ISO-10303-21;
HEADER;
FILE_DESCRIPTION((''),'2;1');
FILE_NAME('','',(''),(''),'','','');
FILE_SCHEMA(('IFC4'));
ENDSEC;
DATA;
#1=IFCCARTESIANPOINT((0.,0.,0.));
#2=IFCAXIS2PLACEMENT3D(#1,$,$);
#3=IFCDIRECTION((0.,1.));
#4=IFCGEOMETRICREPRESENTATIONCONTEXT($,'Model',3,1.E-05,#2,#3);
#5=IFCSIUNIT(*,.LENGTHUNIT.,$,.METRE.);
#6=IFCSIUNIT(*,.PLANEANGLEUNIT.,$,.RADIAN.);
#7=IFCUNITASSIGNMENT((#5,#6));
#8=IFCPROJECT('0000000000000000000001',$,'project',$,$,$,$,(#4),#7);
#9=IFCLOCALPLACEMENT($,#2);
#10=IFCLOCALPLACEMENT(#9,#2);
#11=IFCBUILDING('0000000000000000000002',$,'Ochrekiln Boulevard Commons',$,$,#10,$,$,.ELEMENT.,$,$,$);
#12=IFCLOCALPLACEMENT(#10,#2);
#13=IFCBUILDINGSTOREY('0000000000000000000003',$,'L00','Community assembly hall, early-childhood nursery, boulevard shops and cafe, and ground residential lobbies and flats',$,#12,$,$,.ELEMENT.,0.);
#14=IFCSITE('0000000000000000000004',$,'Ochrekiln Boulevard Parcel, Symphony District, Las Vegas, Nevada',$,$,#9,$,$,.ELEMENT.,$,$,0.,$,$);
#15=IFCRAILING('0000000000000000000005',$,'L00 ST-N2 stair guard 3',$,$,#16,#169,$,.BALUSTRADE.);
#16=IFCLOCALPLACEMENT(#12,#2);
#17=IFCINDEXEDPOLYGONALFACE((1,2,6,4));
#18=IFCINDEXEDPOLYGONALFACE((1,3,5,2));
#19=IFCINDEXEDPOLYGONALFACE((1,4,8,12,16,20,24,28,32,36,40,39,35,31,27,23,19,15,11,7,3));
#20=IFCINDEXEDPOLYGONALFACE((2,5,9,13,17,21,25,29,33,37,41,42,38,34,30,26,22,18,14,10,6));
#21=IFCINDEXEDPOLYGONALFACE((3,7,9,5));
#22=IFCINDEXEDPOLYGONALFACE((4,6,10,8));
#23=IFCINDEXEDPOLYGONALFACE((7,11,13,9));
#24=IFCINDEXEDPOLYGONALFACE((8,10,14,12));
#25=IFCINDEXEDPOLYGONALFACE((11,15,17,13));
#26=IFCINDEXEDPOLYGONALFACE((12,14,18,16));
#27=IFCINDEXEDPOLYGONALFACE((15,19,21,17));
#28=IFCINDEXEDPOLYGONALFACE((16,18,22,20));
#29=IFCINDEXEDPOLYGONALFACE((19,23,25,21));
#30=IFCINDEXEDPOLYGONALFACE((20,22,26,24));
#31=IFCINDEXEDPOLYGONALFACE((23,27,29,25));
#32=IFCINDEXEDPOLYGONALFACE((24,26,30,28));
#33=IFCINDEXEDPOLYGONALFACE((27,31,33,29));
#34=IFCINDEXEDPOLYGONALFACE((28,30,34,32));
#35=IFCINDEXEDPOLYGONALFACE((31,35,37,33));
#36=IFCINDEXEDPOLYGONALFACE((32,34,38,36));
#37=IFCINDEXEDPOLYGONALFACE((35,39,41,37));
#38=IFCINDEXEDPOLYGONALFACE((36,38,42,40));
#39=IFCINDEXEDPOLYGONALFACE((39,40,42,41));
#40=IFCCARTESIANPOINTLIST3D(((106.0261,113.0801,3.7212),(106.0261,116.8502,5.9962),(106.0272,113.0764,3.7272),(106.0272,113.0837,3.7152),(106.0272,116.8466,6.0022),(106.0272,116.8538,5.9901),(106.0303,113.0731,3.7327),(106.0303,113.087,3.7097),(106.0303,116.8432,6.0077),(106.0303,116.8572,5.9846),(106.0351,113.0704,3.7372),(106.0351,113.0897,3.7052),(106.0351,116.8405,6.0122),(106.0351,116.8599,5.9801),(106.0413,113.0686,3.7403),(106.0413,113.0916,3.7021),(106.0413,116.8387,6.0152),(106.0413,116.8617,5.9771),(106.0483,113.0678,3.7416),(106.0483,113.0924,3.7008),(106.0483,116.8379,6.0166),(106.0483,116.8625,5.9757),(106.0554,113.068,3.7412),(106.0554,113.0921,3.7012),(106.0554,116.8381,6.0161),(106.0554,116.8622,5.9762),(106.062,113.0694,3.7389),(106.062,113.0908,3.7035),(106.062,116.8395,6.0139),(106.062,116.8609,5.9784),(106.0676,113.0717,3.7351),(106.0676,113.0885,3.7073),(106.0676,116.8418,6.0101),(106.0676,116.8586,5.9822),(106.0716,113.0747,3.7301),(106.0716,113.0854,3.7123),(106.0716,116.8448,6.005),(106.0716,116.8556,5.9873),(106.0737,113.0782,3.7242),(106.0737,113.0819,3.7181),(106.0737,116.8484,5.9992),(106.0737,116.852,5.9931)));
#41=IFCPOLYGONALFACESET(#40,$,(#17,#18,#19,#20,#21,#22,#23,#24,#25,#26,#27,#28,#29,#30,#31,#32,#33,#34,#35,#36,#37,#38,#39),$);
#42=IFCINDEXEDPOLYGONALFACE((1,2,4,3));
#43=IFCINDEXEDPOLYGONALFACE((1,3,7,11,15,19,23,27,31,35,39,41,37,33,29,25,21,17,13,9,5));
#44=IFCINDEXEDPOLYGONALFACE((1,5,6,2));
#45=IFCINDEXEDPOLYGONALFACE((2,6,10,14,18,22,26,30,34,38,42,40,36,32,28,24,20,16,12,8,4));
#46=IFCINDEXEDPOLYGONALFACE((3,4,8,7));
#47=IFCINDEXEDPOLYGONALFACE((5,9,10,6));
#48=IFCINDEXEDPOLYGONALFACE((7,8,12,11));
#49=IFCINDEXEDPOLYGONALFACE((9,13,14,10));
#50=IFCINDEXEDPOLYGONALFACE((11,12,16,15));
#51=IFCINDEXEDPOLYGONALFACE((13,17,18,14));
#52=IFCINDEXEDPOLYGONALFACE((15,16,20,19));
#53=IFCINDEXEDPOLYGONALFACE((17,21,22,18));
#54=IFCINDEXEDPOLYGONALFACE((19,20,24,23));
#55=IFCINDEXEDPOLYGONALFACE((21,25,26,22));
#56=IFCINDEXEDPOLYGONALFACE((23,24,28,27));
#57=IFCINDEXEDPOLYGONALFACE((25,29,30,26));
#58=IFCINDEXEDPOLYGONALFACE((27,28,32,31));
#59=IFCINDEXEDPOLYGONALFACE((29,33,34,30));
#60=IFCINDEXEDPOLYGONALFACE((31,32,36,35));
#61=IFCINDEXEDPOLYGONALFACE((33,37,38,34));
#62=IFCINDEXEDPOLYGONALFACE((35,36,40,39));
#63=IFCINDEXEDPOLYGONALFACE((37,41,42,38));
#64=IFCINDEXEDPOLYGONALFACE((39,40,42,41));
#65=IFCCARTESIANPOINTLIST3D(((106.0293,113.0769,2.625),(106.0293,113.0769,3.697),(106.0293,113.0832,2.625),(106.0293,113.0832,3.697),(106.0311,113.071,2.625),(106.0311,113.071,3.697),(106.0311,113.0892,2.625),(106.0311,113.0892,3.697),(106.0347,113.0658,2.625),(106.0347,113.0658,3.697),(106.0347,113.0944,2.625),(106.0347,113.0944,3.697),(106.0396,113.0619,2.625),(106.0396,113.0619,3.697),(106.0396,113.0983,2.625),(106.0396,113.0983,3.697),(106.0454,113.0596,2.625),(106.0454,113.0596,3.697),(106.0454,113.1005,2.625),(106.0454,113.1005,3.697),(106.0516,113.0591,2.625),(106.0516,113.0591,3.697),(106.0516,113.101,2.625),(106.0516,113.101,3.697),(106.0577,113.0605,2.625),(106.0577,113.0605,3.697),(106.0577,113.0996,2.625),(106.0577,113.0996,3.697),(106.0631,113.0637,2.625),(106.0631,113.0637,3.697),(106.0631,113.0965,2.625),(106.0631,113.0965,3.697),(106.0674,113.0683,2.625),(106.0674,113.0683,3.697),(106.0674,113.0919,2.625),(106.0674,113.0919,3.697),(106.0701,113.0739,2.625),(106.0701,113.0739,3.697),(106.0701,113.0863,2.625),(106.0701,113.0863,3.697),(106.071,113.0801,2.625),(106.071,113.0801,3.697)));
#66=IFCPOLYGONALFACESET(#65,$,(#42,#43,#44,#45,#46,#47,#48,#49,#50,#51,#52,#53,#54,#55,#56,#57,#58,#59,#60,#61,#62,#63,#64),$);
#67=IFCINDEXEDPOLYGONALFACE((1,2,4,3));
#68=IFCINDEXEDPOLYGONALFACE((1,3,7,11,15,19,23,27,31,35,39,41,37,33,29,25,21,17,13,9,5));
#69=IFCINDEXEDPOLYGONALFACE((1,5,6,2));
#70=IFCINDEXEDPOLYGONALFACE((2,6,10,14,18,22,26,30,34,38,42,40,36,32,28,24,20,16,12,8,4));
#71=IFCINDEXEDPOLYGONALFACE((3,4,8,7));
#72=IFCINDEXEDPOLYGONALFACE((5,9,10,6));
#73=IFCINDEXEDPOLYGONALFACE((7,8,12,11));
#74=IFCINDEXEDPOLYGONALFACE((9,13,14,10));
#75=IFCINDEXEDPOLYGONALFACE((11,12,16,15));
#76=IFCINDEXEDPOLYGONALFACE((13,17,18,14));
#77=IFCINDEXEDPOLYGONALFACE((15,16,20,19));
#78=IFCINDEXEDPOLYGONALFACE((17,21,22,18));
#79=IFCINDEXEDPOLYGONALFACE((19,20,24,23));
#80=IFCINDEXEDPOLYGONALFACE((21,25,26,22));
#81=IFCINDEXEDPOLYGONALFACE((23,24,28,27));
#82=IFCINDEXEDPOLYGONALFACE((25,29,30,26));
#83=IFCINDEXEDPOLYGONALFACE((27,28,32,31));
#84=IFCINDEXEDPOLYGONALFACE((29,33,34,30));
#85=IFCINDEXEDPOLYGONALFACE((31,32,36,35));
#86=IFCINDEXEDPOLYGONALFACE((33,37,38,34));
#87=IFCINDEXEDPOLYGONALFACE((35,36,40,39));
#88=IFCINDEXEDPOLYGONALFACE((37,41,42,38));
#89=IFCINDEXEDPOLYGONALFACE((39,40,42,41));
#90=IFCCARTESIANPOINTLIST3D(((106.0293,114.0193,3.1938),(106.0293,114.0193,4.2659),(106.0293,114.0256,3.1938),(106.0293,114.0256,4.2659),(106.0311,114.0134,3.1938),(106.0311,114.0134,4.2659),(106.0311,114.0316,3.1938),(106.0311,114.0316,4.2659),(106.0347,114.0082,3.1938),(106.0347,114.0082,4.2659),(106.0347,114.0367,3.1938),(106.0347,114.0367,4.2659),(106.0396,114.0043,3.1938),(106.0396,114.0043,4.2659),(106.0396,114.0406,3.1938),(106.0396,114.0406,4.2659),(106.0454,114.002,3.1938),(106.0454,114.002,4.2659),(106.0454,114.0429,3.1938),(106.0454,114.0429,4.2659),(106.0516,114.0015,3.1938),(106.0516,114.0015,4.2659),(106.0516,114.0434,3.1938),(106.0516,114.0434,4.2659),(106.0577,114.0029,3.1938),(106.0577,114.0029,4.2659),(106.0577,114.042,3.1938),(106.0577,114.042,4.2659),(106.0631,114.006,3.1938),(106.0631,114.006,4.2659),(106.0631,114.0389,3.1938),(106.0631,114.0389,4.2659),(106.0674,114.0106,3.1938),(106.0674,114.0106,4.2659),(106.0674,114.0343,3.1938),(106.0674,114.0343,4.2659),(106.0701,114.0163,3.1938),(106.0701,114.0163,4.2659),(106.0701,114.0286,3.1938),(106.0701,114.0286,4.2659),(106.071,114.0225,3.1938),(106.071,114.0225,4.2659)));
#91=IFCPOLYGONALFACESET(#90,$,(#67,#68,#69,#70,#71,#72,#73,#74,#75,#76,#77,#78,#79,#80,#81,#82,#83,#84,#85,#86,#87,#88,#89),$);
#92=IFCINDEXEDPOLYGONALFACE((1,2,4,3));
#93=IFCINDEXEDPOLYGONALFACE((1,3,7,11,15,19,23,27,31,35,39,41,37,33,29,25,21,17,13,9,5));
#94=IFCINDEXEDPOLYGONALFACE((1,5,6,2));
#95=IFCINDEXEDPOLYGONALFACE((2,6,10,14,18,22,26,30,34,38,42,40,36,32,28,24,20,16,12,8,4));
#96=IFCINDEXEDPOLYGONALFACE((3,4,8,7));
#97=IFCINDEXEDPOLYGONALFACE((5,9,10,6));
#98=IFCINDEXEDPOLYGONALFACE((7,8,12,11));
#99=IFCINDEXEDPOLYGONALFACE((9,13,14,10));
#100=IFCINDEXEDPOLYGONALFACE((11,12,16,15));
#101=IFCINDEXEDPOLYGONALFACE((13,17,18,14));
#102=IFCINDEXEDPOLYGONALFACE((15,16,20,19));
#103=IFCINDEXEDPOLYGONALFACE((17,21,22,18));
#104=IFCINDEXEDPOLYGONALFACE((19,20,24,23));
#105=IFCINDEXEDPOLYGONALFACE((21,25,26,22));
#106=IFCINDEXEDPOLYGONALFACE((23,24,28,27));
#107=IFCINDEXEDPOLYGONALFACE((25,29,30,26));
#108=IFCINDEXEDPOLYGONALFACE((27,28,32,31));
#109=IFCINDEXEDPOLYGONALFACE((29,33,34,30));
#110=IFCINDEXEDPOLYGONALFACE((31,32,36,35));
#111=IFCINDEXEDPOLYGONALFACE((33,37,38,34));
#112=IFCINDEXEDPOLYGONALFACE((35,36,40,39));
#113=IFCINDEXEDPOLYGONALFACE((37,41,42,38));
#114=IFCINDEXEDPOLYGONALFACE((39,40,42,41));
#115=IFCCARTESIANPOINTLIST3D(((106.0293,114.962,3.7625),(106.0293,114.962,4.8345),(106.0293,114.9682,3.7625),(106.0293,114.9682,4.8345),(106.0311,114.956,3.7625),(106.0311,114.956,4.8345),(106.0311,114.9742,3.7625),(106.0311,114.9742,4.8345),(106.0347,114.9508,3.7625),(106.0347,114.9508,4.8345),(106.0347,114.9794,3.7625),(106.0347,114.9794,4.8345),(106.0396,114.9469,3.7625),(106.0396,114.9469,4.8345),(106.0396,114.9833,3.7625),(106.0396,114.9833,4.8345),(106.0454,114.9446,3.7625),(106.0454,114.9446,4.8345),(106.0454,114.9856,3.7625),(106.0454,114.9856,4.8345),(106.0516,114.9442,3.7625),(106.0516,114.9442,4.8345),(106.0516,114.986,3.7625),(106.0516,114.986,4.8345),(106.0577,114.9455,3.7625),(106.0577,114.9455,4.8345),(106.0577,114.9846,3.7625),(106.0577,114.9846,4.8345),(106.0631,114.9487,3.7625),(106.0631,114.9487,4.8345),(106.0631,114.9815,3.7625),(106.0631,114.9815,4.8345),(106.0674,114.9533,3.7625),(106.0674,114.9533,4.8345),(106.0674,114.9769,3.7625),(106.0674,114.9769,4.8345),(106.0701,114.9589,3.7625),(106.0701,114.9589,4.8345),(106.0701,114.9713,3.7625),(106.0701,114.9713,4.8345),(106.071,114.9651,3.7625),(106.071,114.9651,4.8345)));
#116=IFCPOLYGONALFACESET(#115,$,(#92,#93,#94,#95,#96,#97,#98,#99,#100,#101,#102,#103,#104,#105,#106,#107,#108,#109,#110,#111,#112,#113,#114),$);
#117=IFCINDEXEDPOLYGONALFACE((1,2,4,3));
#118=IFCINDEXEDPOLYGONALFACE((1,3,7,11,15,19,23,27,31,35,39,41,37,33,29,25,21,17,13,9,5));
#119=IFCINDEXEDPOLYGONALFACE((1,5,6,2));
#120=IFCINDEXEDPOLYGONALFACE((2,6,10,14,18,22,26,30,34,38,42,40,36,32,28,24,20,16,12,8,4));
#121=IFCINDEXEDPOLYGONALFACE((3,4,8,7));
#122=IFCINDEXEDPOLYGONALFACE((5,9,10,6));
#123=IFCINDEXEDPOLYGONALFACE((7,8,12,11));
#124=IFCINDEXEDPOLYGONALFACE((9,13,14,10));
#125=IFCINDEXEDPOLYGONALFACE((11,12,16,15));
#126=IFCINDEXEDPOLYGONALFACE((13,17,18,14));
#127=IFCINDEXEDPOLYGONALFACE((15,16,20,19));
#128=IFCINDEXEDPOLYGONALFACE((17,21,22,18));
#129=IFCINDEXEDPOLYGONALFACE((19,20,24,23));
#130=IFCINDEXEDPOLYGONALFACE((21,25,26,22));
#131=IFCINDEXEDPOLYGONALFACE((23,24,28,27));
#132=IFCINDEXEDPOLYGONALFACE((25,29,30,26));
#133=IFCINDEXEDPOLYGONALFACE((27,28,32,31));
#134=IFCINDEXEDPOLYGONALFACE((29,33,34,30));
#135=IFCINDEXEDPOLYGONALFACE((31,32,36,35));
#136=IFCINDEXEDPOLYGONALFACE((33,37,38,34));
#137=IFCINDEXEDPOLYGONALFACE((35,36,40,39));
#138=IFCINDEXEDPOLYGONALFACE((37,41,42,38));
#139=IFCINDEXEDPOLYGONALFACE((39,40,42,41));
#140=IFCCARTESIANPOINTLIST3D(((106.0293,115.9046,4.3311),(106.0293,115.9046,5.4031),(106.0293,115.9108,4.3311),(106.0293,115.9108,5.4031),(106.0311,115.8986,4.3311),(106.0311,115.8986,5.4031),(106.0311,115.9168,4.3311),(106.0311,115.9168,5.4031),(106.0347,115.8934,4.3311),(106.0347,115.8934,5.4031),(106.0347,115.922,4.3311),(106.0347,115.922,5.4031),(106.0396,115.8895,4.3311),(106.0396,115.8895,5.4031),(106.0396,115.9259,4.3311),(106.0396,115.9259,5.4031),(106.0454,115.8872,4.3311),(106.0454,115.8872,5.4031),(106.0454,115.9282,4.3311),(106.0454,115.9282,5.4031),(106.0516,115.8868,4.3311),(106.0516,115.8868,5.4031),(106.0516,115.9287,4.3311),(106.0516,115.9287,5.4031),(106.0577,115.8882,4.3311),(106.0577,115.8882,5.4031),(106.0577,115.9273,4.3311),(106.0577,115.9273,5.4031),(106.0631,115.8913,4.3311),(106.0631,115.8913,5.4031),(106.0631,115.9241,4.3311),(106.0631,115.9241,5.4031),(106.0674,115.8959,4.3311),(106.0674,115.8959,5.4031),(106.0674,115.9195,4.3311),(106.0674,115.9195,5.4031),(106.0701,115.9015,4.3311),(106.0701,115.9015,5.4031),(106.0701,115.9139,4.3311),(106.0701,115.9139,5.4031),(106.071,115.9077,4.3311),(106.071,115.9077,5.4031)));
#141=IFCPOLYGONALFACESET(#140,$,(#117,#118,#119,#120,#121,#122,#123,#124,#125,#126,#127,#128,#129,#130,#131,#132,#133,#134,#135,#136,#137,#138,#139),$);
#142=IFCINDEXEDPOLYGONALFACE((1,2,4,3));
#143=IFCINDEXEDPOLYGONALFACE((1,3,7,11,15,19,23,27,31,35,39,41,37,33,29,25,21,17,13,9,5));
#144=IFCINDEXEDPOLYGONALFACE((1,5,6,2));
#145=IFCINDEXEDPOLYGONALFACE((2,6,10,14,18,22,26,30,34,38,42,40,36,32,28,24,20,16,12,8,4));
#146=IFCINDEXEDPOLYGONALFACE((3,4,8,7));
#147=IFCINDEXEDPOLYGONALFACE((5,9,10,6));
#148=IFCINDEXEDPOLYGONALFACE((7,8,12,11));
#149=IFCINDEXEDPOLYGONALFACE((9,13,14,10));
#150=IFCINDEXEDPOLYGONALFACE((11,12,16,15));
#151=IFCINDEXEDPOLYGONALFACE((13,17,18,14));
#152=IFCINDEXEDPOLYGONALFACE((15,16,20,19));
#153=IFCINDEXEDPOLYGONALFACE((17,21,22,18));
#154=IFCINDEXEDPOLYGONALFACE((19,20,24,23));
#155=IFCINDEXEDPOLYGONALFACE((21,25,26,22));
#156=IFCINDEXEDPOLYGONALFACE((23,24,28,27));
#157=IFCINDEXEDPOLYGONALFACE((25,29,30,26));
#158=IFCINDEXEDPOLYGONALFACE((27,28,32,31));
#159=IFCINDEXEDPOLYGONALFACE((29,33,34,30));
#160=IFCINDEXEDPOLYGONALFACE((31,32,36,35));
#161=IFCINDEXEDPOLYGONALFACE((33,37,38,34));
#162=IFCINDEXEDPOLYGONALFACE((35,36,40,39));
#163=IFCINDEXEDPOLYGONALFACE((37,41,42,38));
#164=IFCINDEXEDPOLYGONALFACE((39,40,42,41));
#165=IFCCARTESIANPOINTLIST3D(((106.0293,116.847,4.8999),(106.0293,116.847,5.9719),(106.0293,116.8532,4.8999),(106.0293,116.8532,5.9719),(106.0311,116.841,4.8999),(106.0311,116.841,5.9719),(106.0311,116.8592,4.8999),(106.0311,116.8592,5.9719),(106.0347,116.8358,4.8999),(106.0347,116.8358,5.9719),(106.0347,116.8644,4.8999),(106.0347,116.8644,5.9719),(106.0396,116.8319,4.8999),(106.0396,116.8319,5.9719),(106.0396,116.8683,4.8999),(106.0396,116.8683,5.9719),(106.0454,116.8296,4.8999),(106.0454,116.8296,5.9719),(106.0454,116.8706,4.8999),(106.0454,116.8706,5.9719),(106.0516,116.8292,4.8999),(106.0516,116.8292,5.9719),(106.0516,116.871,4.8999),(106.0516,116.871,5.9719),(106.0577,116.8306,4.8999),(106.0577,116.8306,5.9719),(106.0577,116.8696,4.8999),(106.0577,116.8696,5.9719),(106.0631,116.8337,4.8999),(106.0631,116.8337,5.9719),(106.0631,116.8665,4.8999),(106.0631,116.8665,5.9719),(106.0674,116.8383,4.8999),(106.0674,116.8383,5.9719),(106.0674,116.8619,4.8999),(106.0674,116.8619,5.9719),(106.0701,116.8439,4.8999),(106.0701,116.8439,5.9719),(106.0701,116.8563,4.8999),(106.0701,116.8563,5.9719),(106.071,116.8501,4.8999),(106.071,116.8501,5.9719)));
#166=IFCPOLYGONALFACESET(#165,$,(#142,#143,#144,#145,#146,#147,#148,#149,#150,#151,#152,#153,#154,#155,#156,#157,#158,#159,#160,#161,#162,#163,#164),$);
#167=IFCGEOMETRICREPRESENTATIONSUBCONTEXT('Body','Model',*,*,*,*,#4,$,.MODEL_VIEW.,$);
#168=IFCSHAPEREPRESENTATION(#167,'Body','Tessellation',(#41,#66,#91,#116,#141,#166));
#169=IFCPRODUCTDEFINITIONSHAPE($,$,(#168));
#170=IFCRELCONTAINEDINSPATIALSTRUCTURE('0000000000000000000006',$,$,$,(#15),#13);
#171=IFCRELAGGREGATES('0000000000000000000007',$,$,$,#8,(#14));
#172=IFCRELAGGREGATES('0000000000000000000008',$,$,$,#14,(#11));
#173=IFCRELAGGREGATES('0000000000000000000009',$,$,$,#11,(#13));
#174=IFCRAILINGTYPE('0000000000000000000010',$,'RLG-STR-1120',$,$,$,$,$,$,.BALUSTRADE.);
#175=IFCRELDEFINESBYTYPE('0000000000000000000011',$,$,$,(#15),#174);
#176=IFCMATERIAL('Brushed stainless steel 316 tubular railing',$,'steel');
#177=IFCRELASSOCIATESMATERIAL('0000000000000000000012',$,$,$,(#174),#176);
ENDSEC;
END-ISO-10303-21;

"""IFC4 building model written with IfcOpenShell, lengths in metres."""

from ifc_helpers import new_model, si_unit, direction, frame, origin, origin_2d, place, context, subcontext, project, spatial, circle, extrude, material, type_object, element, save


model = new_model("IFC4")

# Units and contexts
model_context = context("Model", 3, precision=1e-05, world=origin(), true_north=direction((0.0, 1.0)))
body_context = subcontext(model_context, "Body", "Model", "MODEL_VIEW")
ifc_project = project(units=[si_unit("LENGTHUNIT", "METRE"), si_unit("PLANEANGLEUNIT", "RADIAN")], contexts=[model_context])

# Site, building, storey
site_placement = place(None, origin())
site = spatial("IfcSite", under=ifc_project, at=site_placement, Name="Ochrekiln Boulevard Parcel, Symphony District, Las Vegas, Nevada", CompositionType="ELEMENT", RefElevation=0.0)
building_placement = place(site_placement, origin())
building = spatial("IfcBuilding", under=site, at=building_placement, Name="Ochrekiln Boulevard Commons", CompositionType="ELEMENT")
storey_placement = place(building_placement, origin())
storey = spatial("IfcBuildingStorey", under=building, at=storey_placement, Name="L00", Description="Community assembly hall, early-childhood nursery, boulevard shops and cafe, and ground residential lobbies and flats", CompositionType="ELEMENT", Elevation=0.0)

# Railing
ifc_material_1 = material(Name="Brushed stainless steel 316 tubular railing", Category="steel")
railing_type_1 = type_object("IfcRailingType", Name="RLG-STR-1120", PredefinedType="BALUSTRADE", material=ifc_material_1)
railing_1_placement = place(storey_placement, frame((106.05, 113.0801, 2.625)))
element("IfcRailing", 1, at=railing_1_placement, inside=storey, type_object=railing_type_1, Name="L00 ST-N2 stair guard 3", PredefinedType="BALUSTRADE", context=body_context, shape_type="SweptSolid", body=[
    extrude(circle(Radius=0.0239, at=origin_2d()), frame((0.0, 0.0, 1.0962), z_axis=(0.0, 0.856199, 0.516647), x_axis=(-1.0, 0.0, 0.0)), (0.0, 0.0, 1.0), 4.4033),
    extrude(circle(Radius=0.021, at=origin_2d()), origin(), (0.0, 0.0, 1.0), 1.072),
    extrude(circle(Radius=0.021, at=origin_2d()), frame((0.0, 0.9424, 0.5688)), (0.0, 0.0, 1.0), 1.072),
    extrude(circle(Radius=0.021, at=origin_2d()), frame((0.0, 1.885, 1.1375)), (0.0, 0.0, 1.0), 1.072),
    extrude(circle(Radius=0.021, at=origin_2d()), frame((0.0, 2.8276, 1.7061)), (0.0, 0.0, 1.0), 1.072),
    extrude(circle(Radius=0.021, at=origin_2d()), frame((0.0, 3.77, 2.2749)), (0.0, 0.0, 1.0), 1.072),
])

save(model, "model.ifc")
